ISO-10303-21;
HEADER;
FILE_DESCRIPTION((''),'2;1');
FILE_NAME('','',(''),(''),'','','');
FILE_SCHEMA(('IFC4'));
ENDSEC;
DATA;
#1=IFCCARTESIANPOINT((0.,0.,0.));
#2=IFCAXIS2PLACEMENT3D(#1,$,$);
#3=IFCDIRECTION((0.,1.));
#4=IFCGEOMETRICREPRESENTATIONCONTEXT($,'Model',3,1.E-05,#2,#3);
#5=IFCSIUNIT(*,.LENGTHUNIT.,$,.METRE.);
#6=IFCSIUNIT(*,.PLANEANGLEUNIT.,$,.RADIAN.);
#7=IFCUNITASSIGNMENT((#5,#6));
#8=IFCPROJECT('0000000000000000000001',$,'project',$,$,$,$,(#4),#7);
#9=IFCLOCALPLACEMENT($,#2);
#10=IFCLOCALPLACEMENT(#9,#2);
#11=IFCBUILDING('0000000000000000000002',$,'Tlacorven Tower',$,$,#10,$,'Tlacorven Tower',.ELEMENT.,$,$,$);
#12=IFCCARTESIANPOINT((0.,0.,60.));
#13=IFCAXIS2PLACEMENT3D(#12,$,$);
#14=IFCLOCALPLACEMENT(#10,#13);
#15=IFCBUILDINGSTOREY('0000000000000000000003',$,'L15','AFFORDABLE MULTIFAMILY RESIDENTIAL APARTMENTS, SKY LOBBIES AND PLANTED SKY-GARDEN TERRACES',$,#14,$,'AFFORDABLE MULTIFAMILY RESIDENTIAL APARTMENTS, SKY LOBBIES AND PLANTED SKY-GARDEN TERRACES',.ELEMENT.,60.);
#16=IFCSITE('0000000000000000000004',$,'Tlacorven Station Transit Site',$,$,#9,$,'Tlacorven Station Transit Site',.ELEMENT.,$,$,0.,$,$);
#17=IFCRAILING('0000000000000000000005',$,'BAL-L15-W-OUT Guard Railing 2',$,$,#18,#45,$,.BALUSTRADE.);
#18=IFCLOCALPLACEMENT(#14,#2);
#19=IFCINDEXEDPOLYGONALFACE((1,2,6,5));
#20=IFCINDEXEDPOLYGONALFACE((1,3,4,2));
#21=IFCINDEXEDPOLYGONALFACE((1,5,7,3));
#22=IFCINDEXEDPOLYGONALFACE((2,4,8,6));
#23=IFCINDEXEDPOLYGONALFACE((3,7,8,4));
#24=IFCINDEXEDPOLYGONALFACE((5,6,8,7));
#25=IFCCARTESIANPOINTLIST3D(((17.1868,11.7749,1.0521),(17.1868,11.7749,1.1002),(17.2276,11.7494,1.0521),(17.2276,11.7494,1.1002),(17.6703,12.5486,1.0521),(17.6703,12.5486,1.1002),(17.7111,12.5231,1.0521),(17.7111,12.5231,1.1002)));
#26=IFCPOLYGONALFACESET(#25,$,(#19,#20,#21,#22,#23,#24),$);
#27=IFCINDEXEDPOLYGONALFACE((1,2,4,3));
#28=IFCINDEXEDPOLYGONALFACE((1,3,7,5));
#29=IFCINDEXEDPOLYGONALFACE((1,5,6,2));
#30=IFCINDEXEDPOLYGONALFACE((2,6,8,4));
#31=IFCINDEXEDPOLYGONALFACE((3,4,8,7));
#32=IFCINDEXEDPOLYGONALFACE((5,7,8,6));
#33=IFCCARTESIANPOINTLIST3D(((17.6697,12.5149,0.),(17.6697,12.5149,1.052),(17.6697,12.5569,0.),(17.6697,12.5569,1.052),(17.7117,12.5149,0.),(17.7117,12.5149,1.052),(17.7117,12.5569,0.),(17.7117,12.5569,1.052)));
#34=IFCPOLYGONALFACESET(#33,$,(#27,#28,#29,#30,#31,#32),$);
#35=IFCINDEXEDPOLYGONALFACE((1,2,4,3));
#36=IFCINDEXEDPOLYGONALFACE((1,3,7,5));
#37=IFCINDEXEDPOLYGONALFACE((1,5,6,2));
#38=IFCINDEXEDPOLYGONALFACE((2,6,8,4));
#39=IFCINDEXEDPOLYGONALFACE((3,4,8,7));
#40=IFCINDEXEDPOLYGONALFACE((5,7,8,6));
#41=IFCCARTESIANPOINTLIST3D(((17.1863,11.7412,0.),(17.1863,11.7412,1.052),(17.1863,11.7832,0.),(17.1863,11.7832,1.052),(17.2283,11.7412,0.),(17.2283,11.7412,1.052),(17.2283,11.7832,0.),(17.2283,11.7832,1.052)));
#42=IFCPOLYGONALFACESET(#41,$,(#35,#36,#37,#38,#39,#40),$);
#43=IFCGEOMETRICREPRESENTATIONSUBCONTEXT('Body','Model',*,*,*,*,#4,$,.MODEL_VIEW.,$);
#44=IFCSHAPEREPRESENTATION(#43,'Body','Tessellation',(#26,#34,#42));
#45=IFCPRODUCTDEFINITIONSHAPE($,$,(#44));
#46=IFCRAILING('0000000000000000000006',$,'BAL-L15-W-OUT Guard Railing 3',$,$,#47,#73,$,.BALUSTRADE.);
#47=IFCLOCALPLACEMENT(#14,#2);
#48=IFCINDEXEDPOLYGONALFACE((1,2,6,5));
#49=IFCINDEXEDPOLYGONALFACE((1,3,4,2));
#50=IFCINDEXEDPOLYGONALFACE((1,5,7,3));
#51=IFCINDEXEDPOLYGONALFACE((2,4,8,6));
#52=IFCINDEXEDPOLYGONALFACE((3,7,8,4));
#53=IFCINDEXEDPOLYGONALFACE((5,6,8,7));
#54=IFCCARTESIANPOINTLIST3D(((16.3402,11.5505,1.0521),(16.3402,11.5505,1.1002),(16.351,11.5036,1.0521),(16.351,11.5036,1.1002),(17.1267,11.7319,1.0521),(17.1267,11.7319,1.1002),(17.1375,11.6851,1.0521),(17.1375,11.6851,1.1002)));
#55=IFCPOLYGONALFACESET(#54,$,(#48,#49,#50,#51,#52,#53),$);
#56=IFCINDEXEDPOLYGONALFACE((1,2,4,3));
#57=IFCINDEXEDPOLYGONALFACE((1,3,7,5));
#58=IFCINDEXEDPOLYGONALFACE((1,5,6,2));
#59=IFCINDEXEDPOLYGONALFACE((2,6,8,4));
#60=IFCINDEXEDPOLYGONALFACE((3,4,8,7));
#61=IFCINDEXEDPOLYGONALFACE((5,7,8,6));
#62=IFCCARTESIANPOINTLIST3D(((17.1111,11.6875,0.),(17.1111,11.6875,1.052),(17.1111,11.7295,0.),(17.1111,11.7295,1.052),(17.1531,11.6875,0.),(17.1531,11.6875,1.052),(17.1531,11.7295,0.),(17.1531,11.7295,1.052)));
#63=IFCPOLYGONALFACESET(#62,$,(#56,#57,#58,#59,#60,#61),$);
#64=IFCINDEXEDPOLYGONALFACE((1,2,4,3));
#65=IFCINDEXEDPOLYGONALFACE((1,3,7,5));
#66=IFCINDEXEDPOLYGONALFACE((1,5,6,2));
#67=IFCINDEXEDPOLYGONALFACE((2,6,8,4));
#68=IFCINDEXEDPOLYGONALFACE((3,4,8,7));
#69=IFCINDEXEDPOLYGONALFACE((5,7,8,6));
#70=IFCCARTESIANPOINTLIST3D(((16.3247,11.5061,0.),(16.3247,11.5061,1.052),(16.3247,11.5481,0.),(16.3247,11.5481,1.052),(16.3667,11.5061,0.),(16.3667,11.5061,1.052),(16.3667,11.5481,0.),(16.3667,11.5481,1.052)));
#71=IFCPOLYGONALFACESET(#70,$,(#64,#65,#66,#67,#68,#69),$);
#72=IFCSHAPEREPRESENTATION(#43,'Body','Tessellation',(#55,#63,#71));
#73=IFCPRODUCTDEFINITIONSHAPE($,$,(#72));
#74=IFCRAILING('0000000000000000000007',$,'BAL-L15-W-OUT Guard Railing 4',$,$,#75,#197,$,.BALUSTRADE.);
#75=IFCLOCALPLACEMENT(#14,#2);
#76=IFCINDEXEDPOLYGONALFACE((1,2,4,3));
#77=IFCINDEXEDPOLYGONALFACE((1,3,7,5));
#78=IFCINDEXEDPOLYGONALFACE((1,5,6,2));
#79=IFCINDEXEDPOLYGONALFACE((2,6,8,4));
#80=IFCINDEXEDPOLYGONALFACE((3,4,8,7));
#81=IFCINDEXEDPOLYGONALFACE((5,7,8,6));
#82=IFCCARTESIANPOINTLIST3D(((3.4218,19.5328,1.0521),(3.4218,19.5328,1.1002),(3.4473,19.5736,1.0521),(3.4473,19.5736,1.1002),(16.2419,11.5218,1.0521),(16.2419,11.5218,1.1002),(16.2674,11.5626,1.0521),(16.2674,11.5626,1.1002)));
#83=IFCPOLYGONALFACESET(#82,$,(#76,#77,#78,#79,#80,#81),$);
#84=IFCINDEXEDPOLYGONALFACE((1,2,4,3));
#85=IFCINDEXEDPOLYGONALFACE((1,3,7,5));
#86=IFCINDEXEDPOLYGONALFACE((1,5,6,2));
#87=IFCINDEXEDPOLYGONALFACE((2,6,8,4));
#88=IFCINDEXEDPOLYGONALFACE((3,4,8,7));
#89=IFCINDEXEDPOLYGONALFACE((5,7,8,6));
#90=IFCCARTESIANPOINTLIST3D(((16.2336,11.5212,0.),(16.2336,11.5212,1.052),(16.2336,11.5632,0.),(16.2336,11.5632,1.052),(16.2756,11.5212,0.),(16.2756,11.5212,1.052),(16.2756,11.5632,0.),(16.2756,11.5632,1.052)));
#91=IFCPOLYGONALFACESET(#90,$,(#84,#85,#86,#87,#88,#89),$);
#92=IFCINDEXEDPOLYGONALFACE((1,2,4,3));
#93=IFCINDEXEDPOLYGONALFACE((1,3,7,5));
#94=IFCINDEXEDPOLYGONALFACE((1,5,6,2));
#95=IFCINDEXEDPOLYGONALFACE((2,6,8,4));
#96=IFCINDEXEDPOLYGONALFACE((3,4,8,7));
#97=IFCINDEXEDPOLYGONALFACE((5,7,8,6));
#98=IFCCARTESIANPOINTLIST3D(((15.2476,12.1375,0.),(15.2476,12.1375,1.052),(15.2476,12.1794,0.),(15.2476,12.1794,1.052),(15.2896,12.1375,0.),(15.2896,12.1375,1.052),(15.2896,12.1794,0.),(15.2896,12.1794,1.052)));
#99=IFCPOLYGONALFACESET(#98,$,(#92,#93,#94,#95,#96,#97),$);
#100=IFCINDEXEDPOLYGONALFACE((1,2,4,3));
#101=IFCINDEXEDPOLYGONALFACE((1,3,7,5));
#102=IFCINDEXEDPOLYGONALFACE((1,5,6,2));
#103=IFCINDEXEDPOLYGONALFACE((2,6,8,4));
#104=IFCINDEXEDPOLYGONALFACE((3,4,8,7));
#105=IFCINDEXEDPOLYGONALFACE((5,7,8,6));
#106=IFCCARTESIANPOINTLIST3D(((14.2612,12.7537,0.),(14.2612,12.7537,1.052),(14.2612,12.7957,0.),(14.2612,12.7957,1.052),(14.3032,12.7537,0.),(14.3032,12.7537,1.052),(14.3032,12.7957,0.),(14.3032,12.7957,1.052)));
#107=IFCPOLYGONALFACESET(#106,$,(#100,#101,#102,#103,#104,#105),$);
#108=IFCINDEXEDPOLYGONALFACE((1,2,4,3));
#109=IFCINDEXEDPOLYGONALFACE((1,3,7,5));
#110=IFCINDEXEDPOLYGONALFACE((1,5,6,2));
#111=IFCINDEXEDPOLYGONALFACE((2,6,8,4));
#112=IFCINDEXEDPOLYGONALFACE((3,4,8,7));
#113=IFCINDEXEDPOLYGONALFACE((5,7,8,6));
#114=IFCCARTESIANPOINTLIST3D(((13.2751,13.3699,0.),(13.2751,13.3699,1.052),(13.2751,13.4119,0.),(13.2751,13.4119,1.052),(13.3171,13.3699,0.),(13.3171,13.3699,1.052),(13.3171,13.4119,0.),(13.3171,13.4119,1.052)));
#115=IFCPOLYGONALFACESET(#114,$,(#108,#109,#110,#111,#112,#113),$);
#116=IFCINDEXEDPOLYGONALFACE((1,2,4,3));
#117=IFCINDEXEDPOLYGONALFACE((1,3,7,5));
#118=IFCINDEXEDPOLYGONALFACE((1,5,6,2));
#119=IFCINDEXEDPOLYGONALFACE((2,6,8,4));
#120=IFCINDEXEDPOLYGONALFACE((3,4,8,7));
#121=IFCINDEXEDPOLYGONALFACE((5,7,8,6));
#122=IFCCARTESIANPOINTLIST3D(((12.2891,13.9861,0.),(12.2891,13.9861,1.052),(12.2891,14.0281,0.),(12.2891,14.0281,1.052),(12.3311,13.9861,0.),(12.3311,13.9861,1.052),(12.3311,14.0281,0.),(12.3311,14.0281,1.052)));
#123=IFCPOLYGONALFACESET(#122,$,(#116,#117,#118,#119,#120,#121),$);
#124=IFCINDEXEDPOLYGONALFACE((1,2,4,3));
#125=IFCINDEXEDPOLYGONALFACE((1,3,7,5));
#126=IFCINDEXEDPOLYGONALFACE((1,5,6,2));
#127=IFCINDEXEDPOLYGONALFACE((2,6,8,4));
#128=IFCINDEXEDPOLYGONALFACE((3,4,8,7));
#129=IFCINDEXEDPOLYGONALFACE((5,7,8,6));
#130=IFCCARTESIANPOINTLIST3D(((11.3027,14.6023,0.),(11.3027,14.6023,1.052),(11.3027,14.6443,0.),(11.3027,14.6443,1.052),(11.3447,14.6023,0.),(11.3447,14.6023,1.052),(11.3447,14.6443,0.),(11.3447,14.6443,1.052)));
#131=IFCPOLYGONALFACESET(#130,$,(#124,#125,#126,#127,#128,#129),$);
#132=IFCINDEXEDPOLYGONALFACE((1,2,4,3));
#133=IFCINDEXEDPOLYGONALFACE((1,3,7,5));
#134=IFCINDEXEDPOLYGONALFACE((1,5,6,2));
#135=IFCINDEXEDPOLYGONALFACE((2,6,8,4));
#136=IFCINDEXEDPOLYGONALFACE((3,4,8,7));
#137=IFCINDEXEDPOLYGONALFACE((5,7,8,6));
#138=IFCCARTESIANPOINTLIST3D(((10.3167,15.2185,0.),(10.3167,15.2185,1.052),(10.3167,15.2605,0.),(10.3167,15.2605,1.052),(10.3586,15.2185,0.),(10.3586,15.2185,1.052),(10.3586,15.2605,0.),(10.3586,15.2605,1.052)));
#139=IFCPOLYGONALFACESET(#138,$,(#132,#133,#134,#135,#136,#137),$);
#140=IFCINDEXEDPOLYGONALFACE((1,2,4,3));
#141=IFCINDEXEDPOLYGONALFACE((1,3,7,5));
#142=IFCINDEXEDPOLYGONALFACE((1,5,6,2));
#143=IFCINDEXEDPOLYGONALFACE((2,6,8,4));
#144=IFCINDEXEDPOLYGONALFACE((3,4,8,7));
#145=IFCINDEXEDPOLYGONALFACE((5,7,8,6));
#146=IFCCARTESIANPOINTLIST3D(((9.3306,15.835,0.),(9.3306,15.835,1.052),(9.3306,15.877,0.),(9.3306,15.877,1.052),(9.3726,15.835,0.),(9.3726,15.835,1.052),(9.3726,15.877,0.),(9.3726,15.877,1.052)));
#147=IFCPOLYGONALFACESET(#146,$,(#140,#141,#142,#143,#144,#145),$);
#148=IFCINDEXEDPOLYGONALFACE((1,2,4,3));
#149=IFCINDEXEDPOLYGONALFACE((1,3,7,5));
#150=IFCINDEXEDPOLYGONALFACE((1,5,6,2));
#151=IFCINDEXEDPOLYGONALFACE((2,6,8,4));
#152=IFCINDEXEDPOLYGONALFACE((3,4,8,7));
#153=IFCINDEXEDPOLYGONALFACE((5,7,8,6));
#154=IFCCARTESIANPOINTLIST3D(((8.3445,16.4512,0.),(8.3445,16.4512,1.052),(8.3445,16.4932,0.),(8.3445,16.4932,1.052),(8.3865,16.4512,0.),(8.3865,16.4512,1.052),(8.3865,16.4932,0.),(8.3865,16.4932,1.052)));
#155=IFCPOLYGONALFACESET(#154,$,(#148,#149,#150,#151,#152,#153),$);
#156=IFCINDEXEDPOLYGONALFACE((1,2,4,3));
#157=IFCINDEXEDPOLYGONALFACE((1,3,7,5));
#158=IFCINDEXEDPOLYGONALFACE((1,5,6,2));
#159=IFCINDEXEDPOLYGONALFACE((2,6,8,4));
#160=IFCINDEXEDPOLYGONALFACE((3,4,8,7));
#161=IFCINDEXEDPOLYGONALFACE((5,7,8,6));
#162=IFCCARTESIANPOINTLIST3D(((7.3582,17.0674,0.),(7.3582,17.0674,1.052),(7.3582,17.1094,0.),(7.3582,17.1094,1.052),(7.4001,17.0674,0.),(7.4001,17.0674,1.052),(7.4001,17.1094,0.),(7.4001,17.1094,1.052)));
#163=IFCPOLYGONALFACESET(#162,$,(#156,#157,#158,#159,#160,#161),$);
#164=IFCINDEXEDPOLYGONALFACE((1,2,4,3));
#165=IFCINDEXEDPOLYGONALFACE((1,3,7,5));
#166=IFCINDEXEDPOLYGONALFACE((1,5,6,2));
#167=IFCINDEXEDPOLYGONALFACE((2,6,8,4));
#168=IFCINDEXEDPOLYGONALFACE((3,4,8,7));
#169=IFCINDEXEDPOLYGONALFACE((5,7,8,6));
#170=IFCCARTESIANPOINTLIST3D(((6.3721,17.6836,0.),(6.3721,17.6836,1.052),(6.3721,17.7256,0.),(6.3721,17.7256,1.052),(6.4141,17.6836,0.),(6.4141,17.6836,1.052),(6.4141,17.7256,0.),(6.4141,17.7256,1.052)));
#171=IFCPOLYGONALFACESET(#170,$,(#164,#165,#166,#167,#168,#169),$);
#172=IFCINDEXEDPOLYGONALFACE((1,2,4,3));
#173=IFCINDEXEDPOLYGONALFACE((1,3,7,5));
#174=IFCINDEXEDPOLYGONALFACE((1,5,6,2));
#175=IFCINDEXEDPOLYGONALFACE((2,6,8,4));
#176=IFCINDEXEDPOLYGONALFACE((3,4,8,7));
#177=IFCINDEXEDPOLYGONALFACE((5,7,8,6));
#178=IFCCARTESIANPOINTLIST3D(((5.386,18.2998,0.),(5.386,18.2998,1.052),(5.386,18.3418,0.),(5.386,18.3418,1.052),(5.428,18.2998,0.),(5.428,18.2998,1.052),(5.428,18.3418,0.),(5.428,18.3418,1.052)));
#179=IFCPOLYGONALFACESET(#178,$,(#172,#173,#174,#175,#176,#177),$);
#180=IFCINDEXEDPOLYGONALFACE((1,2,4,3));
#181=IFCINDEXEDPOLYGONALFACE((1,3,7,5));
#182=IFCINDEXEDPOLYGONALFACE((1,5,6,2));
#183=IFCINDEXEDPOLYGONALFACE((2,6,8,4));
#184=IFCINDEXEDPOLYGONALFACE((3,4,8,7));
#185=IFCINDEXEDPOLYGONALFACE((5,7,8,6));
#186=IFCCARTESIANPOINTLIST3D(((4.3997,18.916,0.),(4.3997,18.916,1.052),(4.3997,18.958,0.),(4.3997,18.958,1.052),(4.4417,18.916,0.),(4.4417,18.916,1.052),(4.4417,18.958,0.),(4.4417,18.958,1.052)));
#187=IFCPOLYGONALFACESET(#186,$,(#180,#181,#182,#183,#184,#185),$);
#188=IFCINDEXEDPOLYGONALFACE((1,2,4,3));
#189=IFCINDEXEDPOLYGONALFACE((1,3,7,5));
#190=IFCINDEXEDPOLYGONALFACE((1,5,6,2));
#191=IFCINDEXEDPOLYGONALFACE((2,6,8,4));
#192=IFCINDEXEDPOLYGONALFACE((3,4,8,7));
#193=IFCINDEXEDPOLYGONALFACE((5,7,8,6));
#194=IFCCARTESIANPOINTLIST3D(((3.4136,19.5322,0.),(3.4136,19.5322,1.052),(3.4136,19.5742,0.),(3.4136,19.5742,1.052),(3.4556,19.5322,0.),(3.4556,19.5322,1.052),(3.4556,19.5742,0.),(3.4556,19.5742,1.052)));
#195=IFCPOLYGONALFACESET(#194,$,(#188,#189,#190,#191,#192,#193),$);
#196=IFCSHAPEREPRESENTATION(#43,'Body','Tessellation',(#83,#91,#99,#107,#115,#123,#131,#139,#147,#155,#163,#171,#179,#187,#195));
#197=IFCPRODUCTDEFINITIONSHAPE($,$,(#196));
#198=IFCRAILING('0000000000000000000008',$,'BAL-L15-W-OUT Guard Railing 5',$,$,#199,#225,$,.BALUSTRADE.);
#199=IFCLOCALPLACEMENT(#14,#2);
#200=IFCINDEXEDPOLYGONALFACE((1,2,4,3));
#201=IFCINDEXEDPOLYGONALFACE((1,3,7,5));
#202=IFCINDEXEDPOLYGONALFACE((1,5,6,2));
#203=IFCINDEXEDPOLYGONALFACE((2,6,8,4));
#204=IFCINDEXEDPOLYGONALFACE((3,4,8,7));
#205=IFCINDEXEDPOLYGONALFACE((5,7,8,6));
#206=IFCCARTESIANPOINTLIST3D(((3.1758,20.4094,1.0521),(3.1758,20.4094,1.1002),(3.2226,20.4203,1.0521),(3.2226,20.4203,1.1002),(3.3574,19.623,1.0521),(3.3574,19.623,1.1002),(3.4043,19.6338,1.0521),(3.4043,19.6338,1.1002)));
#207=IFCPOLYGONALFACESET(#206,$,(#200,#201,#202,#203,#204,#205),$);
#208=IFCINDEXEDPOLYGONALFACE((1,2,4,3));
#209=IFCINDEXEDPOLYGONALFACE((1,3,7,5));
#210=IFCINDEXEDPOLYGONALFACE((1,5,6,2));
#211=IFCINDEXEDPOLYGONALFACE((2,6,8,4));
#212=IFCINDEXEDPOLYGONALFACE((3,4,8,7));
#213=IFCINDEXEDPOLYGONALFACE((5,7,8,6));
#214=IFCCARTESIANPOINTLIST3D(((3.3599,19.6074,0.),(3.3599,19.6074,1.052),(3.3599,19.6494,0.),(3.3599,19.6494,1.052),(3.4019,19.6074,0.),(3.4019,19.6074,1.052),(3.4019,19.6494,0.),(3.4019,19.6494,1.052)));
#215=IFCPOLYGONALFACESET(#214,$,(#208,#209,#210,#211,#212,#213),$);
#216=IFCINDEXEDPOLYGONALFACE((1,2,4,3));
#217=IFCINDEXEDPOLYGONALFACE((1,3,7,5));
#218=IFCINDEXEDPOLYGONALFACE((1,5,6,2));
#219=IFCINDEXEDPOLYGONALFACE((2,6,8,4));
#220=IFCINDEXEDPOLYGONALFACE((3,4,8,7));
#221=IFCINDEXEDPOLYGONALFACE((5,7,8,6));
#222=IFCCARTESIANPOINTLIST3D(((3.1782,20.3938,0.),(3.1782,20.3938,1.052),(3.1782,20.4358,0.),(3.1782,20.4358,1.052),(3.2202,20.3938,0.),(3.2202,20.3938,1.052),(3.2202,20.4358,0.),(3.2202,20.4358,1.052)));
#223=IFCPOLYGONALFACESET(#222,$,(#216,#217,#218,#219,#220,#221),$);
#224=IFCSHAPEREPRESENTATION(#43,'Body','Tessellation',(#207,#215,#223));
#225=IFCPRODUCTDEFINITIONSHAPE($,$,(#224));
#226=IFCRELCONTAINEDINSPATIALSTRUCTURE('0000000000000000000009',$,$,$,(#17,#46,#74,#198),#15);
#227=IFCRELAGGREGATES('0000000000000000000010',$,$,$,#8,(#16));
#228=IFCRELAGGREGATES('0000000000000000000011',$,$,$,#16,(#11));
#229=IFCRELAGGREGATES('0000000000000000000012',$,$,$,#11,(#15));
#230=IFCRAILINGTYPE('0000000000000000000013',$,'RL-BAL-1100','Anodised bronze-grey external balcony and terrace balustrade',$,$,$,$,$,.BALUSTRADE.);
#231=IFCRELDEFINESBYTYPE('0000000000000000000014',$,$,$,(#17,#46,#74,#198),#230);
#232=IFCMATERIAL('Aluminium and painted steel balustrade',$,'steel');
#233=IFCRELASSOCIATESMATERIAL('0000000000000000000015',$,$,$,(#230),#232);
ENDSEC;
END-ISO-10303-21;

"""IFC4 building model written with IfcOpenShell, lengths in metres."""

from ifc_helpers import new_model, si_unit, direction, frame, origin, origin_2d, place, context, subcontext, project, spatial, rectangle, extrude, source, transform, mapped, material, type_object, element, save


model = new_model("IFC4")

# Units and contexts
model_context = context("Model", 3, precision=1e-05, world=origin(), true_north=direction((0.0, 1.0)))
body_context = subcontext(model_context, "Body", "Model", "MODEL_VIEW")
ifc_project = project(units=[si_unit("LENGTHUNIT", "METRE"), si_unit("PLANEANGLEUNIT", "RADIAN")], contexts=[model_context])

# Site, building, storey
site_placement = place(None, origin())
site = spatial("IfcSite", under=ifc_project, at=site_placement, Name="Tlacorven Station Transit Site", LongName="Tlacorven Station Transit Site", CompositionType="ELEMENT", RefElevation=0.0)
building_placement = place(site_placement, origin())
building = spatial("IfcBuilding", under=site, at=building_placement, Name="Tlacorven Tower", LongName="Tlacorven Tower", CompositionType="ELEMENT")
storey_placement = place(building_placement, frame((0.0, 0.0, 60.0)))
storey = spatial("IfcBuildingStorey", under=building, at=storey_placement, Name="L15", Description="AFFORDABLE MULTIFAMILY RESIDENTIAL APARTMENTS, SKY LOBBIES AND PLANTED SKY-GARDEN TERRACES", LongName="AFFORDABLE MULTIFAMILY RESIDENTIAL APARTMENTS, SKY LOBBIES AND PLANTED SKY-GARDEN TERRACES", CompositionType="ELEMENT", Elevation=60.0)

# Railings
ifc_material_1 = material(Name="Aluminium and painted steel balustrade", Category="steel")
railing_type = type_object("IfcRailingType", Name="RL-BAL-1100", Description="Anodised bronze-grey external balcony and terrace balustrade", PredefinedType="BALUSTRADE", material=ifc_material_1)
shared_shape_1 = source(origin(), body_context, "Body", "SweptSolid", [
    extrude(rectangle(XDim=0.0481, YDim=0.0481, at=origin_2d()), frame((0.0, 0.0, 1.0762), z_axis=(-0.529879, -0.848073, 0.0), x_axis=(0.848073, -0.529879, 0.0)), (0.0, 0.0, 1.0), 0.9124),
    extrude(rectangle(XDim=0.042, YDim=0.042, at=origin_2d()), origin(), (0.0, 0.0, 1.0), 1.052),
    extrude(rectangle(XDim=0.042, YDim=0.042, at=origin_2d()), frame((-0.4834, -0.7737, 0.0)), (0.0, 0.0, 1.0), 1.052),
])
railing_1_placement = place(storey_placement, frame((17.6907, 12.5359, 0.0)))
element("IfcRailing", 1, at=railing_1_placement, inside=storey, type_object=railing_type, Name="BAL-L15-W-OUT Guard Railing 2", PredefinedType="BALUSTRADE", context=body_context, shape_type="MappedRepresentation", body=[
    mapped(shared_shape_1, transform((0.0, 0.0, 0.0), scale=1.0)),
])
shared_shape_2 = source(origin(), body_context, "Body", "SweptSolid", [
    extrude(rectangle(XDim=0.0481, YDim=0.0481, at=origin_2d()), frame((0.0, 0.0, 1.0762), z_axis=(-0.974412, -0.224771, 0.0), x_axis=(0.224771, -0.974412, 0.0)), (0.0, 0.0, 1.0), 0.8071),
    extrude(rectangle(XDim=0.042, YDim=0.042, at=origin_2d()), origin(), (0.0, 0.0, 1.0), 1.052),
    extrude(rectangle(XDim=0.042, YDim=0.042, at=origin_2d()), frame((-0.7864, -0.1814, 0.0)), (0.0, 0.0, 1.0), 1.052),
])
railing_2_placement = place(storey_placement, frame((17.1321, 11.7085, 0.0)))
element("IfcRailing", 2, at=railing_2_placement, inside=storey, type_object=railing_type, Name="BAL-L15-W-OUT Guard Railing 3", PredefinedType="BALUSTRADE", context=body_context, shape_type="MappedRepresentation", body=[
    mapped(shared_shape_2, transform((0.0, 0.0, 0.0), scale=1.0)),
])
shared_shape_3 = source(origin(), body_context, "Body", "SweptSolid", [
    extrude(rectangle(XDim=0.0481, YDim=0.0481, at=origin_2d()), frame((0.0, 0.0, 1.0762), z_axis=(-0.848045, 0.529925, 0.0), x_axis=(-0.529925, -0.848045, 0.0)), (0.0, 0.0, 1.0), 15.1172),
    extrude(rectangle(XDim=0.042, YDim=0.042, at=origin_2d()), origin(), (0.0, 0.0, 1.0), 1.052),
    extrude(rectangle(XDim=0.042, YDim=0.042, at=origin_2d()), frame((-0.9861, 0.6162, 0.0)), (0.0, 0.0, 1.0), 1.052),
    extrude(rectangle(XDim=0.042, YDim=0.042, at=origin_2d()), frame((-1.9724, 1.2324, 0.0)), (0.0, 0.0, 1.0), 1.052),
    extrude(rectangle(XDim=0.042, YDim=0.042, at=origin_2d()), frame((-2.9585, 1.8486, 0.0)), (0.0, 0.0, 1.0), 1.052),
    extrude(rectangle(XDim=0.042, YDim=0.042, at=origin_2d()), frame((-3.9446, 2.4648, 0.0)), (0.0, 0.0, 1.0), 1.052),
    extrude(rectangle(XDim=0.042, YDim=0.042, at=origin_2d()), frame((-4.9309, 3.0811, 0.0)), (0.0, 0.0, 1.0), 1.052),
    extrude(rectangle(XDim=0.042, YDim=0.042, at=origin_2d()), frame((-5.917, 3.6973, 0.0)), (0.0, 0.0, 1.0), 1.052),
    extrude(rectangle(XDim=0.042, YDim=0.042, at=origin_2d()), frame((-6.9031, 4.3137, 0.0)), (0.0, 0.0, 1.0), 1.052),
    extrude(rectangle(XDim=0.042, YDim=0.042, at=origin_2d()), frame((-7.8892, 4.9299, 0.0)), (0.0, 0.0, 1.0), 1.052),
    extrude(rectangle(XDim=0.042, YDim=0.042, at=origin_2d()), frame((-8.8755, 5.5461, 0.0)), (0.0, 0.0, 1.0), 1.052),
    extrude(rectangle(XDim=0.042, YDim=0.042, at=origin_2d()), frame((-9.8616, 6.1624, 0.0)), (0.0, 0.0, 1.0), 1.052),
    extrude(rectangle(XDim=0.042, YDim=0.042, at=origin_2d()), frame((-10.8477, 6.7786, 0.0)), (0.0, 0.0, 1.0), 1.052),
    extrude(rectangle(XDim=0.042, YDim=0.042, at=origin_2d()), frame((-11.834, 7.3948, 0.0)), (0.0, 0.0, 1.0), 1.052),
    extrude(rectangle(XDim=0.042, YDim=0.042, at=origin_2d()), frame((-12.8201, 8.011, 0.0)), (0.0, 0.0, 1.0), 1.052),
])
railing_3_placement = place(storey_placement, frame((16.2546, 11.5422, 0.0)))
element("IfcRailing", 3, at=railing_3_placement, inside=storey, type_object=railing_type, Name="BAL-L15-W-OUT Guard Railing 4", PredefinedType="BALUSTRADE", context=body_context, shape_type="MappedRepresentation", body=[
    mapped(shared_shape_3, transform((0.0, 0.0, 0.0), scale=1.0)),
])
shared_shape_4 = source(origin(), body_context, "Body", "SweptSolid", [
    extrude(rectangle(XDim=0.0481, YDim=0.0481, at=origin_2d()), frame((0.0, 0.0, 1.0762), z_axis=(-0.225058, 0.974345, 0.0), x_axis=(-0.974345, -0.225058, 0.0)), (0.0, 0.0, 1.0), 0.8071),
    extrude(rectangle(XDim=0.042, YDim=0.042, at=origin_2d()), origin(), (0.0, 0.0, 1.0), 1.052),
    extrude(rectangle(XDim=0.042, YDim=0.042, at=origin_2d()), frame((-0.1816, 0.7864, 0.0)), (0.0, 0.0, 1.0), 1.052),
])
railing_4_placement = place(storey_placement, frame((3.3809, 19.6284, 0.0)))
element("IfcRailing", 4, at=railing_4_placement, inside=storey, type_object=railing_type, Name="BAL-L15-W-OUT Guard Railing 5", PredefinedType="BALUSTRADE", context=body_context, shape_type="MappedRepresentation", body=[
    mapped(shared_shape_4, transform((0.0, 0.0, 0.0), scale=1.0)),
])

save(model, "model.ifc")
